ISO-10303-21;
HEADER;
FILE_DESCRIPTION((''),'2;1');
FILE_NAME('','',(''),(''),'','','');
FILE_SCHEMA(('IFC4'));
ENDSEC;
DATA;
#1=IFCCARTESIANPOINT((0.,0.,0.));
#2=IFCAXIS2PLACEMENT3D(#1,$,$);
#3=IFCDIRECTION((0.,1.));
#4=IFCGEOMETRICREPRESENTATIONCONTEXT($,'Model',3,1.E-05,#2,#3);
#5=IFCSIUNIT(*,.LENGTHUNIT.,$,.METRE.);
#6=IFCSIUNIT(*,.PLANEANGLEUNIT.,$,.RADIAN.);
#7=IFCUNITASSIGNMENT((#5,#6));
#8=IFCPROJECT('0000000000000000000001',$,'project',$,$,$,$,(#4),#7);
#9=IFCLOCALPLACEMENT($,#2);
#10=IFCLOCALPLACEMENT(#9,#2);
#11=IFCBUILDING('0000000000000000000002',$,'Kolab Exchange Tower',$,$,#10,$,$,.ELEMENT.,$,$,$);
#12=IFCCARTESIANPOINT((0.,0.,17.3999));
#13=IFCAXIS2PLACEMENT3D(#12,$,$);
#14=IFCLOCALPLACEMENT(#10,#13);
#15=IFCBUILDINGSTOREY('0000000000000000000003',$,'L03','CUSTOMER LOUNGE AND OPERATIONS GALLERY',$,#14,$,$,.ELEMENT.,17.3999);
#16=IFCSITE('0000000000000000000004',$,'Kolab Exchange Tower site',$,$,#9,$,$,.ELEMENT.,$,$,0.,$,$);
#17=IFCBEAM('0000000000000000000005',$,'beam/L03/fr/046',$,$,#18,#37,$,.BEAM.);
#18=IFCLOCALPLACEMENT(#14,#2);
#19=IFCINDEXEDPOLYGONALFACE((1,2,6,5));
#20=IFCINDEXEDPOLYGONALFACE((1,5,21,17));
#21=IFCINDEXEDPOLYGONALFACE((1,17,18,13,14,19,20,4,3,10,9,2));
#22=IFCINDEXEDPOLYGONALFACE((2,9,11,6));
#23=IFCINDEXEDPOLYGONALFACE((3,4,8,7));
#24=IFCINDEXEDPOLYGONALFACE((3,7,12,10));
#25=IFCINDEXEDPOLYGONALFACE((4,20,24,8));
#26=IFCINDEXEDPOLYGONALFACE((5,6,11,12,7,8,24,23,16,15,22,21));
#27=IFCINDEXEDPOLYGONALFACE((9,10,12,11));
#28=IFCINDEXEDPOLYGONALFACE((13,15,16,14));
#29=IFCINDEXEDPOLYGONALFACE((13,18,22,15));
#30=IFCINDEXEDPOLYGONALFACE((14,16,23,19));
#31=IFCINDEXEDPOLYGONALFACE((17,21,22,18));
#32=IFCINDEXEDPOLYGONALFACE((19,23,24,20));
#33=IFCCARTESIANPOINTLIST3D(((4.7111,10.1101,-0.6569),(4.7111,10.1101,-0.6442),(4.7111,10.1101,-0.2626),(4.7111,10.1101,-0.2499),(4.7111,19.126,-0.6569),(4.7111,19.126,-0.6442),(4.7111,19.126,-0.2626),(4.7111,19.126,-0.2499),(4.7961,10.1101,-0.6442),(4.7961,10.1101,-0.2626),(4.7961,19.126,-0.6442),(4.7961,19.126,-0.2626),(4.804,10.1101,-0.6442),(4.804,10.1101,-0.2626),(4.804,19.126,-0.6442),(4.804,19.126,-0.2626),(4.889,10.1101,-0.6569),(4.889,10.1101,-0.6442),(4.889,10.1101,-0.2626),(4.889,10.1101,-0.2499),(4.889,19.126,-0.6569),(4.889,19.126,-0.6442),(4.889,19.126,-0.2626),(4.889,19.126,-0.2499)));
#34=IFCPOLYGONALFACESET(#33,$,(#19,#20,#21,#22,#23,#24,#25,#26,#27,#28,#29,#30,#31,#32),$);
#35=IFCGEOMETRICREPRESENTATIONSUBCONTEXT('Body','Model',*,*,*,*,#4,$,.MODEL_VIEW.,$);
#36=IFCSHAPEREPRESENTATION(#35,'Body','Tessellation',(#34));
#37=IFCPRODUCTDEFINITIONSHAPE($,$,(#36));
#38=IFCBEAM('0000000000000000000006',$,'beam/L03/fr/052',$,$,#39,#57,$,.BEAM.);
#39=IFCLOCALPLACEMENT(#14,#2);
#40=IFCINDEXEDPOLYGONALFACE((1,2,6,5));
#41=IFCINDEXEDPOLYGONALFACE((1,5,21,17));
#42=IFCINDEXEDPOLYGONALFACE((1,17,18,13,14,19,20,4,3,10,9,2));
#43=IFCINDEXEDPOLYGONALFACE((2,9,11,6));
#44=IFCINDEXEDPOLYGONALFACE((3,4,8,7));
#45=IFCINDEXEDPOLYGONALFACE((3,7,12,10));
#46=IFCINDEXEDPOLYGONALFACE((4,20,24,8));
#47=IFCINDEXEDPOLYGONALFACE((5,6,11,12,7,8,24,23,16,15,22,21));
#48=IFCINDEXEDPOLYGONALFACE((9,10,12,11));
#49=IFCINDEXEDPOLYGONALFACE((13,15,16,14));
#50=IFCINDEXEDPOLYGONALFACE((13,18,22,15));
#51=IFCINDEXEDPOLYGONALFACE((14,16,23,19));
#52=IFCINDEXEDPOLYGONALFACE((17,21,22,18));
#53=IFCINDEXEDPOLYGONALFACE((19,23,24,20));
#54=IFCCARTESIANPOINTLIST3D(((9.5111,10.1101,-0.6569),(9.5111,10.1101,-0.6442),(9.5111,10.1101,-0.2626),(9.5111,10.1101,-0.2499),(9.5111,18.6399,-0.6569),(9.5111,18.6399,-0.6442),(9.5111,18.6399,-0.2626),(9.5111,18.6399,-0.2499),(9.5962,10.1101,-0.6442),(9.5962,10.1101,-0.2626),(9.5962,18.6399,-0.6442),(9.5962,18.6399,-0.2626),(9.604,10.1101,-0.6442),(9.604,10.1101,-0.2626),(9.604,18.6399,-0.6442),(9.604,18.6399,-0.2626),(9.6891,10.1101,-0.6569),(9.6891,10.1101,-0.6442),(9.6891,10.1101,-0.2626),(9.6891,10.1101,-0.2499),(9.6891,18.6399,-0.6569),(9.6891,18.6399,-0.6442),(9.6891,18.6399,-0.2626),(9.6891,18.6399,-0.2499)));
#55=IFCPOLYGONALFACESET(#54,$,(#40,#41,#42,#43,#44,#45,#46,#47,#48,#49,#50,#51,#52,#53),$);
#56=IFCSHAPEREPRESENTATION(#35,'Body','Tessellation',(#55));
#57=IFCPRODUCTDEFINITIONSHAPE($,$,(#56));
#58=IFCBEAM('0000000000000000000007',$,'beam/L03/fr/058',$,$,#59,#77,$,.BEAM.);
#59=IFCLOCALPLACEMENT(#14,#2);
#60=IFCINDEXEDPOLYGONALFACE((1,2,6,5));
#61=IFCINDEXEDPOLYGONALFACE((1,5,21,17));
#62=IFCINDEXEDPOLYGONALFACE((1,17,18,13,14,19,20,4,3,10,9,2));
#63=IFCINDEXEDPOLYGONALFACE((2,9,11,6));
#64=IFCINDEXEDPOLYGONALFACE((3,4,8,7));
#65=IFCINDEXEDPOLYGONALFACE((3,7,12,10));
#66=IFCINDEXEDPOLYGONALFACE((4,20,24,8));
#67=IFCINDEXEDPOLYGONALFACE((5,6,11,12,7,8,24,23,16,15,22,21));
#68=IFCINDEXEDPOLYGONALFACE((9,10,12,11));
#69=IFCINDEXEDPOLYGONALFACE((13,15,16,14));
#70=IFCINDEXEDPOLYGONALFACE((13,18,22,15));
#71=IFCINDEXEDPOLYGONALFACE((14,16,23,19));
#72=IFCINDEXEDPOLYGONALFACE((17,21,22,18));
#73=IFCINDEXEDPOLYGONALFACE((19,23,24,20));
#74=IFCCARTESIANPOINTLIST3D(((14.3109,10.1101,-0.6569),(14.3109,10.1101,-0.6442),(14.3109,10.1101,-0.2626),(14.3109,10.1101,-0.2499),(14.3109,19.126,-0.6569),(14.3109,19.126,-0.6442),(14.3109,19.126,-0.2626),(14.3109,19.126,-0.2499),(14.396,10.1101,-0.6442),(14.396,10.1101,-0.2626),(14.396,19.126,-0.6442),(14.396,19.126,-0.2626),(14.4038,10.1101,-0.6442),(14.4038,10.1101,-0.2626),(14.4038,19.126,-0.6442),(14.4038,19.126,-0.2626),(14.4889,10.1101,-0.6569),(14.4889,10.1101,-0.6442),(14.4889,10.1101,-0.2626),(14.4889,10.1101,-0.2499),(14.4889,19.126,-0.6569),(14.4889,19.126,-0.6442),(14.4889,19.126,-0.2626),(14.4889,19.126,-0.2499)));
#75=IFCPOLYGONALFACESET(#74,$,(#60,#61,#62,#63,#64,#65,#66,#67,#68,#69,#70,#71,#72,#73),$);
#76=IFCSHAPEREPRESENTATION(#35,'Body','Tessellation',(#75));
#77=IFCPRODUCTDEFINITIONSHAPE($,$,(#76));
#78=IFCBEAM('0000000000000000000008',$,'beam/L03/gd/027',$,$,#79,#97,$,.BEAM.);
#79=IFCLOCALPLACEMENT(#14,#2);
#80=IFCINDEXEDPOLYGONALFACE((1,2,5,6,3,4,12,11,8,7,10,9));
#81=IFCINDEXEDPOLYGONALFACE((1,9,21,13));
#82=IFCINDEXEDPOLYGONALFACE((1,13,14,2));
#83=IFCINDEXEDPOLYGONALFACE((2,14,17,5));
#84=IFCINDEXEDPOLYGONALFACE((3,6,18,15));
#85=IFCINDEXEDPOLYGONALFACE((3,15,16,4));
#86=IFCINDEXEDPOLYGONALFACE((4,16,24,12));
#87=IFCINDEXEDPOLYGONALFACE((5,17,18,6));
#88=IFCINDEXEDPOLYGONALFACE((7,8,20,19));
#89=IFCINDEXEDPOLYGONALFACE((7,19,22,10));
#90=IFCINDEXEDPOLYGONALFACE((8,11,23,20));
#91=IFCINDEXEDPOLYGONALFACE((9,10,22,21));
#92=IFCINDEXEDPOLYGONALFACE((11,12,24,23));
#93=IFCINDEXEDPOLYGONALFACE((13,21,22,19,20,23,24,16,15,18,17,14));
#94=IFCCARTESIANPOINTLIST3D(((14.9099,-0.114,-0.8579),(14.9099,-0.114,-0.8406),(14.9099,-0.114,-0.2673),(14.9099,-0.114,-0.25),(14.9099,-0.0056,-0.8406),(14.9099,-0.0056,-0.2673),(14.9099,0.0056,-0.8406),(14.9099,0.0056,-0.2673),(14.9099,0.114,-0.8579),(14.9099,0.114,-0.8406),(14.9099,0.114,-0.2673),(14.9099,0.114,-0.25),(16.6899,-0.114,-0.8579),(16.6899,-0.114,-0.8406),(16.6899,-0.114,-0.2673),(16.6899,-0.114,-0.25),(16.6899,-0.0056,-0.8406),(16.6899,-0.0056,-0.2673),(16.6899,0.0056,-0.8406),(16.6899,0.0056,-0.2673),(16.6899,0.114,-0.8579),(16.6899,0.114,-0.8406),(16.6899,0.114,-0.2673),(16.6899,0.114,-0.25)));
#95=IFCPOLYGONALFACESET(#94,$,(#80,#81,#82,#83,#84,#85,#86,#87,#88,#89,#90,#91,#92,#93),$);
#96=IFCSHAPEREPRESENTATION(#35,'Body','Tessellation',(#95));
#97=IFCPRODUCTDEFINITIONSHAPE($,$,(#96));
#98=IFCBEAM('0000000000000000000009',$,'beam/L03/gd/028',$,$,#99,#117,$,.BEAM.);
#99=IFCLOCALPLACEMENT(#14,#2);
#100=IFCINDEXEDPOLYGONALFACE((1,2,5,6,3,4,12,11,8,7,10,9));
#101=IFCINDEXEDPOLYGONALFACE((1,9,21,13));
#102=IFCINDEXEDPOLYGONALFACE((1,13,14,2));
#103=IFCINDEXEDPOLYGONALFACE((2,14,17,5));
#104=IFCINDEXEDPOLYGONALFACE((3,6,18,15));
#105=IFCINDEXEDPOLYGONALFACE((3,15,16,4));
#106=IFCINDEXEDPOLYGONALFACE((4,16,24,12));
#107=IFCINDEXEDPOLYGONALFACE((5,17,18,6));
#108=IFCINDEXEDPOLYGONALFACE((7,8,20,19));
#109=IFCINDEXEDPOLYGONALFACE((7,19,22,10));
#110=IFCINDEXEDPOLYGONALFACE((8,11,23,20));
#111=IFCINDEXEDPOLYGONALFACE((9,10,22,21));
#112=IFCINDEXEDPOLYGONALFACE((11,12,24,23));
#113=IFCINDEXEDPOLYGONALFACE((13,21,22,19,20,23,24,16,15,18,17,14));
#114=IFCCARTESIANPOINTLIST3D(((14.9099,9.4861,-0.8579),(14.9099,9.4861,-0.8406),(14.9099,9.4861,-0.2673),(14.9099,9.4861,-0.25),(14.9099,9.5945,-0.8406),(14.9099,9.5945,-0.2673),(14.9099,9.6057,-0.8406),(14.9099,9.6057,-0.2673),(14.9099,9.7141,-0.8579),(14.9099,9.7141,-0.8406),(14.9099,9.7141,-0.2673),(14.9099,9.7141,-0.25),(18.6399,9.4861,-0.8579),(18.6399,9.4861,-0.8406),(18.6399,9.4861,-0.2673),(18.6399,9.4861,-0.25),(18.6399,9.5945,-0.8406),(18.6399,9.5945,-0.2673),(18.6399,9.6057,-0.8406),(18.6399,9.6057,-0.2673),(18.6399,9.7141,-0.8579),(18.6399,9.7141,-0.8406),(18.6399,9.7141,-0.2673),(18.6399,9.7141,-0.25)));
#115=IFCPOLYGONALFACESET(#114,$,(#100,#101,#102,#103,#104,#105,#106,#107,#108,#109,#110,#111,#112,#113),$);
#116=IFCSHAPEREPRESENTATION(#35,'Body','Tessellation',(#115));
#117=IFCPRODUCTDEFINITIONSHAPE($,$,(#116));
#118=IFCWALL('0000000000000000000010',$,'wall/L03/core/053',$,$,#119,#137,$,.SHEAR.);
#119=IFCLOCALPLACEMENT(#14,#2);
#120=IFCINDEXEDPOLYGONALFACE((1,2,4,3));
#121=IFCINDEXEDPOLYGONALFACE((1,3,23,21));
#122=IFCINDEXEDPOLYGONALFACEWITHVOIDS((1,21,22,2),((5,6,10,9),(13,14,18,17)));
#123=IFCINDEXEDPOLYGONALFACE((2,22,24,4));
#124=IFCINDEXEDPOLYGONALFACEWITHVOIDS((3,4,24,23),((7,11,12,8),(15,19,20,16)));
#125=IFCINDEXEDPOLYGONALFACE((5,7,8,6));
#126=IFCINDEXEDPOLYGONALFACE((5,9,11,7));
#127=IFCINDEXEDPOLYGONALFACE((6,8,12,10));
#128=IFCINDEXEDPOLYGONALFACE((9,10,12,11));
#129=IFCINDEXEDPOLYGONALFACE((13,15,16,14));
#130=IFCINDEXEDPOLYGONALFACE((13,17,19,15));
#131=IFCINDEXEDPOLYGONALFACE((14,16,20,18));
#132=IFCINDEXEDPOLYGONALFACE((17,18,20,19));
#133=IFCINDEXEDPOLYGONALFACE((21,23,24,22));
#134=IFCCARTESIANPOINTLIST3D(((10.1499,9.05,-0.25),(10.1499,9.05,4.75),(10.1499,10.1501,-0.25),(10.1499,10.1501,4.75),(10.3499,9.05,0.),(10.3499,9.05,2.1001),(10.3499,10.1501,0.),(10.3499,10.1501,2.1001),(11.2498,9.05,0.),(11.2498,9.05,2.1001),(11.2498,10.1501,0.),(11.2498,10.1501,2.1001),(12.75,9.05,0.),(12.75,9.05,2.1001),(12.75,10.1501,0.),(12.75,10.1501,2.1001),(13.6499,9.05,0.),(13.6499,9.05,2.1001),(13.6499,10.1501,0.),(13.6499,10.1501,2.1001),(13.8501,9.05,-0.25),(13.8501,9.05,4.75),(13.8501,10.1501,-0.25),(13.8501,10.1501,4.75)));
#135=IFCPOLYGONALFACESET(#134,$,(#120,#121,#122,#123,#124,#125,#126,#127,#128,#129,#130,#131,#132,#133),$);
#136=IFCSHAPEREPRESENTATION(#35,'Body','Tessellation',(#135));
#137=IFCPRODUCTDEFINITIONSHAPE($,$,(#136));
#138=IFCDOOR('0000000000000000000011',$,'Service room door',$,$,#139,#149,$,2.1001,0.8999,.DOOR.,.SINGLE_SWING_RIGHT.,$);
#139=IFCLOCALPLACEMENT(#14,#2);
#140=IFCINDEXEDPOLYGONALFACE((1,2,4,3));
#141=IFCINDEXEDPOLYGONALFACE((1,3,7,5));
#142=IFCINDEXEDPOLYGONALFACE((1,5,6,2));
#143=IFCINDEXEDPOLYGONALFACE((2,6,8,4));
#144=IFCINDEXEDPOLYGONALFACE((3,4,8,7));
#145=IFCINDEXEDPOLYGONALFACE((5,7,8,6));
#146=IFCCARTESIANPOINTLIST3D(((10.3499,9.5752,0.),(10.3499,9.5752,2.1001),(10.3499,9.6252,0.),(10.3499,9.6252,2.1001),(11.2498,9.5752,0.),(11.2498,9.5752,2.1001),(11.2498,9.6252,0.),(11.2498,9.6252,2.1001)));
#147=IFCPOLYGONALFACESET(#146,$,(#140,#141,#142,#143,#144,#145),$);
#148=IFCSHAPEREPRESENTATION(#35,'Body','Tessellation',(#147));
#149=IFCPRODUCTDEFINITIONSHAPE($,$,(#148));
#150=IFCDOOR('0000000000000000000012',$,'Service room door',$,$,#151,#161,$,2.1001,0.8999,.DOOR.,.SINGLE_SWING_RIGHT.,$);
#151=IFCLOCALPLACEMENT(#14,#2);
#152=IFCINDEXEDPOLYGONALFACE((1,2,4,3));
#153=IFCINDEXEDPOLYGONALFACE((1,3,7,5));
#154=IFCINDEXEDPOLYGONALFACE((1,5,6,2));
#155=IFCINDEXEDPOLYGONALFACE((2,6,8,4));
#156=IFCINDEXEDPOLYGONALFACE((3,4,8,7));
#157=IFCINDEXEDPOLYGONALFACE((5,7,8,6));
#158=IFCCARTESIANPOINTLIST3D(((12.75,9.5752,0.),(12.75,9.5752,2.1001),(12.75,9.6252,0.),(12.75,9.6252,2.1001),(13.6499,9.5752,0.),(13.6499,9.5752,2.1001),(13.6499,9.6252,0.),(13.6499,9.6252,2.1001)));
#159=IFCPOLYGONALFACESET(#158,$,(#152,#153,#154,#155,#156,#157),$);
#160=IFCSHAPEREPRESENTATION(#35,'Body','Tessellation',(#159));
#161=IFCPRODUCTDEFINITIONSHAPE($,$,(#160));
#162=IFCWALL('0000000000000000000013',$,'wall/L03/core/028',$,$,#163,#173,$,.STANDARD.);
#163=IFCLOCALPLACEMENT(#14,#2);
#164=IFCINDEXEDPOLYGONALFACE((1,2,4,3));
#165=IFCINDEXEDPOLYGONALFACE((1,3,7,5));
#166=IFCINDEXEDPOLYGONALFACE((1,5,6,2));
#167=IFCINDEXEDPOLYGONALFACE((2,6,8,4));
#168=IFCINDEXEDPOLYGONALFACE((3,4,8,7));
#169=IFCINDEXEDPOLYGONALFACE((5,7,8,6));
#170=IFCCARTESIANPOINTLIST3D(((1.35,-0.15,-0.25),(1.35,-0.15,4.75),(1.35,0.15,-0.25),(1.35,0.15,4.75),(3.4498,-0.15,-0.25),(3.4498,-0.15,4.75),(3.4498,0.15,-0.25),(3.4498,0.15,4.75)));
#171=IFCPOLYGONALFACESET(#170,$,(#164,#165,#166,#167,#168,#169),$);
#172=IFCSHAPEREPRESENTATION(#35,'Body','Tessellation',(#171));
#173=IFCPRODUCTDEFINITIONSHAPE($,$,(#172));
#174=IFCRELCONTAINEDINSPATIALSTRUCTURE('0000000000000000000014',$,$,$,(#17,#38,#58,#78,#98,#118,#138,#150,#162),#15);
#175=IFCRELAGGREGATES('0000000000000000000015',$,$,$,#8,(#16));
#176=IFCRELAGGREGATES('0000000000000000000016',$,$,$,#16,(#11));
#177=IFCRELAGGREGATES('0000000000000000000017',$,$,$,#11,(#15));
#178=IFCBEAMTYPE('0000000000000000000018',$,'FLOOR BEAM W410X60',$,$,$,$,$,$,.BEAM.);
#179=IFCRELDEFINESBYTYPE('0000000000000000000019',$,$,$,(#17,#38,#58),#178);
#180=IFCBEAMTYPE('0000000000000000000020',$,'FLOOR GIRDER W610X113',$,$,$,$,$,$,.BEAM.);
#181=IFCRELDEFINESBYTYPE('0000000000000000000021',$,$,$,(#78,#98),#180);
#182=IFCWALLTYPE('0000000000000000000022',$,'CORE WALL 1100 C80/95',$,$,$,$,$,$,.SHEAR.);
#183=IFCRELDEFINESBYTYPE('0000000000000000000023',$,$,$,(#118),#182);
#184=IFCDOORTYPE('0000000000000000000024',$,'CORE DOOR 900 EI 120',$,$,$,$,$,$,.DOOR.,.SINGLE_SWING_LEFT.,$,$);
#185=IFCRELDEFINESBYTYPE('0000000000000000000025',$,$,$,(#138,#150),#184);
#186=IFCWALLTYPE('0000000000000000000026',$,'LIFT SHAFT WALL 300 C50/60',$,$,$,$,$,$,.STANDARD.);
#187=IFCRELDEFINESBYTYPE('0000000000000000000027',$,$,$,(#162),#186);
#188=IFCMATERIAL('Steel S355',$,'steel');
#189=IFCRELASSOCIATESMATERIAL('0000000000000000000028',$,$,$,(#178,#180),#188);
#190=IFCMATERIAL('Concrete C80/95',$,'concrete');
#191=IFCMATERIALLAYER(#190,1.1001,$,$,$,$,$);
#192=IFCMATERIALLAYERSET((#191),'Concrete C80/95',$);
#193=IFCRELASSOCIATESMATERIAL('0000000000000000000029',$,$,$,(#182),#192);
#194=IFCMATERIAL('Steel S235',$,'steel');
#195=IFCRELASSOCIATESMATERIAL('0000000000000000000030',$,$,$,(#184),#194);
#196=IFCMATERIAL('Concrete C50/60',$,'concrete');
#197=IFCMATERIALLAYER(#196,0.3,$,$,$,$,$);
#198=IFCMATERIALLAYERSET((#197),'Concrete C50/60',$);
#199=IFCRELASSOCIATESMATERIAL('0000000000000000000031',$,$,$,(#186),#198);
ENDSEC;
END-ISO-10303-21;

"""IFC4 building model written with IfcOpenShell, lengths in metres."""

from ifc_helpers import new_model, si_unit, direction, frame, frame_2d, origin, origin_2d, place, context, subcontext, project, spatial, rectangle, i_section, extrude, material, layer, layer_set, material_profile, profile_set, type_object, element, fill, save


model = new_model("IFC4")

# Units and contexts
model_context = context("Model", 3, precision=1e-05, world=origin(), true_north=direction((0.0, 1.0)))
body_context = subcontext(model_context, "Body", "Model", "MODEL_VIEW")
ifc_project = project(units=[si_unit("LENGTHUNIT", "METRE"), si_unit("PLANEANGLEUNIT", "RADIAN")], contexts=[model_context])

# Site, building, storey
site_placement = place(None, origin())
site = spatial("IfcSite", under=ifc_project, at=site_placement, Name="Kolab Exchange Tower site", CompositionType="ELEMENT", RefElevation=0.0)
building_placement = place(site_placement, origin())
building = spatial("IfcBuilding", under=site, at=building_placement, Name="Kolab Exchange Tower", CompositionType="ELEMENT")
storey_placement = place(building_placement, frame((0.0, 0.0, 17.3999)))
storey = spatial("IfcBuildingStorey", under=building, at=storey_placement, Name="L03", Description="CUSTOMER LOUNGE AND OPERATIONS GALLERY", CompositionType="ELEMENT", Elevation=17.3999)

# Beams
ifc_material_1 = material(Name="Steel S355", Category="steel")
ifc_material_profile_1 = material_profile(ifc_material_1, i_section(OverallWidth=0.178, OverallDepth=0.407, WebThickness=0.0078, FlangeThickness=0.0127, at=origin_2d()), Name="W410X60")
ifc_profile_set_1 = profile_set([ifc_material_profile_1], Name="Steel S355")
beam_type_1 = type_object("IfcBeamType", Name="FLOOR BEAM W410X60", PredefinedType="BEAM", material=ifc_profile_set_1)
beam_1_placement = place(storey_placement, frame((4.8, 10.1101, -0.4534), z_axis=(0.0, 1.0, 0.0), x_axis=(-1.0, 0.0, 0.0)))
element("IfcBeam", 1, at=beam_1_placement, inside=storey, type_object=beam_type_1, Name="beam/L03/fr/046", PredefinedType="BEAM", context=body_context, shape_type="SweptSolid", body=[
    extrude(i_section(OverallWidth=0.178, OverallDepth=0.407, WebThickness=0.0078, FlangeThickness=0.0127, at=origin_2d()), origin(), (0.0, 0.0, 1.0), 9.0159),
])
beam_2_placement = place(storey_placement, frame((9.6001, 10.1101, -0.4534), z_axis=(0.0, 1.0, 0.0), x_axis=(-1.0, 0.0, 0.0)))
element("IfcBeam", 2, at=beam_2_placement, inside=storey, type_object=beam_type_1, Name="beam/L03/fr/052", PredefinedType="BEAM", context=body_context, shape_type="SweptSolid", body=[
    extrude(i_section(OverallWidth=0.178, OverallDepth=0.407, WebThickness=0.0078, FlangeThickness=0.0127, at=origin_2d()), origin(), (0.0, 0.0, 1.0), 8.5298),
])
beam_3_placement = place(storey_placement, frame((14.3999, 10.1101, -0.4534), z_axis=(0.0, 1.0, 0.0), x_axis=(-1.0, 0.0, 0.0)))
element("IfcBeam", 3, at=beam_3_placement, inside=storey, type_object=beam_type_1, Name="beam/L03/fr/058", PredefinedType="BEAM", context=body_context, shape_type="SweptSolid", body=[
    extrude(i_section(OverallWidth=0.178, OverallDepth=0.407, WebThickness=0.0078, FlangeThickness=0.0127, at=origin_2d()), origin(), (0.0, 0.0, 1.0), 9.0159),
])
ifc_material_profile_2 = material_profile(ifc_material_1, i_section(OverallWidth=0.228, OverallDepth=0.6079, WebThickness=0.0112, FlangeThickness=0.0173, at=origin_2d()), Name="W610X113")
ifc_profile_set_2 = profile_set([ifc_material_profile_2], Name="Steel S355")
beam_type_2 = type_object("IfcBeamType", Name="FLOOR GIRDER W610X113", PredefinedType="BEAM", material=ifc_profile_set_2)
beam_4_placement = place(storey_placement, frame((14.9099, 0.0, -0.554), z_axis=(1.0, 0.0, 0.0), x_axis=(0.0, 1.0, 0.0)))
element("IfcBeam", 4, at=beam_4_placement, inside=storey, type_object=beam_type_2, Name="beam/L03/gd/027", PredefinedType="BEAM", context=body_context, shape_type="SweptSolid", body=[
    extrude(i_section(OverallWidth=0.228, OverallDepth=0.6079, WebThickness=0.0112, FlangeThickness=0.0173, at=origin_2d()), origin(), (0.0, 0.0, 1.0), 1.78),
])
beam_5_placement = place(storey_placement, frame((14.9099, 9.6001, -0.554), z_axis=(1.0, 0.0, 0.0), x_axis=(0.0, 1.0, 0.0)))
element("IfcBeam", 5, at=beam_5_placement, inside=storey, type_object=beam_type_2, Name="beam/L03/gd/028", PredefinedType="BEAM", context=body_context, shape_type="SweptSolid", body=[
    extrude(i_section(OverallWidth=0.228, OverallDepth=0.6079, WebThickness=0.0112, FlangeThickness=0.0173, at=origin_2d()), origin(), (0.0, 0.0, 1.0), 3.73),
])

# Wall, openings, doors
ifc_material_2 = material(Name="Concrete C80/95", Category="concrete")
ifc_layer_1 = layer(ifc_material_2, 1.1001)
ifc_layer_set_1 = layer_set([ifc_layer_1], Name="Concrete C80/95")
wall_type_1 = type_object("IfcWallType", Name="CORE WALL 1100 C80/95", PredefinedType="SHEAR", material=ifc_layer_set_1)
wall_1_placement = place(storey_placement, frame((10.1499, 9.6001, -0.25), z_axis=(0.0, 0.0, 1.0), x_axis=(1.0, 0.0, 0.0)))
wall_1 = element("IfcWall", 6, at=wall_1_placement, inside=storey, type_object=wall_type_1, Name="wall/L03/core/053", PredefinedType="SHEAR", context=body_context, shape_type="SweptSolid", body=[
    extrude(rectangle(XDim=3.7002, YDim=1.1001, at=frame_2d((1.8501, 0.0))), origin(), (0.0, 0.0, 1.0), 5.0),
])
opening_1_placement = place(wall_1_placement, frame((0.2, 0.0, 0.25)))
opening_1 = element("IfcOpeningElement", 7, at=opening_1_placement, cuts=wall_1, PredefinedType="OPENING", context=body_context, shape_type="SweptSolid", body=[
    extrude(rectangle(XDim=0.8999, YDim=2.1001, at=frame_2d((0.45, 1.05))), frame((0.0, 0.5601, 0.0), z_axis=(0.0, -1.0, 0.0), x_axis=(1.0, 0.0, 0.0)), (0.0, 0.0, 1.0), 1.1201),
])
opening_2_placement = place(wall_1_placement, frame((2.6001, 0.0, 0.25)))
opening_2 = element("IfcOpeningElement", 8, at=opening_2_placement, cuts=wall_1, PredefinedType="OPENING", context=body_context, shape_type="SweptSolid", body=[
    extrude(rectangle(XDim=0.8999, YDim=2.1001, at=frame_2d((0.45, 1.05))), frame((0.0, 0.5601, 0.0), z_axis=(0.0, -1.0, 0.0), x_axis=(1.0, 0.0, 0.0)), (0.0, 0.0, 1.0), 1.1201),
])
ifc_material_3 = material(Name="Steel S235", Category="steel")
door_type_1 = type_object("IfcDoorType", Name="CORE DOOR 900 EI 120", OperationType="SINGLE_SWING_LEFT", PredefinedType="DOOR", material=ifc_material_3)
door_1_placement = place(opening_1_placement, frame((0.8999, 0.0, 0.0), z_axis=(0.0, 0.0, 1.0), x_axis=(-1.0, 0.0, 0.0)))
door_1 = element("IfcDoor", 9, at=door_1_placement, inside=storey, type_object=door_type_1, Name="Service room door", OperationType="SINGLE_SWING_RIGHT", OverallHeight=2.1001, OverallWidth=0.8999, PredefinedType="DOOR", context=body_context, shape_type="SweptSolid", body=[
    extrude(rectangle(XDim=0.8999, YDim=2.1001, at=frame_2d((0.45, 1.05))), frame((0.0, 0.0249, 0.0), z_axis=(0.0, -1.0, 0.0), x_axis=(1.0, 0.0, 0.0)), (0.0, 0.0, 1.0), 0.05),
])
fill(opening_1, door_1)
door_2_placement = place(opening_2_placement, frame((0.8999, 0.0, 0.0), z_axis=(0.0, 0.0, 1.0), x_axis=(-1.0, 0.0, 0.0)))
door_2 = element("IfcDoor", 10, at=door_2_placement, inside=storey, type_object=door_type_1, Name="Service room door", OperationType="SINGLE_SWING_RIGHT", OverallHeight=2.1001, OverallWidth=0.8999, PredefinedType="DOOR", context=body_context, shape_type="SweptSolid", body=[
    extrude(rectangle(XDim=0.8999, YDim=2.1001, at=frame_2d((0.45, 1.05))), frame((0.0, 0.0249, 0.0), z_axis=(0.0, -1.0, 0.0), x_axis=(1.0, 0.0, 0.0)), (0.0, 0.0, 1.0), 0.05),
])
fill(opening_2, door_2)

# Wall
ifc_material_4 = material(Name="Concrete C50/60", Category="concrete")
ifc_layer_2 = layer(ifc_material_4, 0.3)
ifc_layer_set_2 = layer_set([ifc_layer_2], Name="Concrete C50/60")
wall_type_2 = type_object("IfcWallType", Name="LIFT SHAFT WALL 300 C50/60", PredefinedType="STANDARD", material=ifc_layer_set_2)
wall_2_placement = place(storey_placement, frame((1.3501, 0.0, -0.25), z_axis=(0.0, 0.0, 1.0), x_axis=(1.0, 0.0, 0.0)))
element("IfcWall", 11, at=wall_2_placement, inside=storey, type_object=wall_type_2, Name="wall/L03/core/028", PredefinedType="STANDARD", context=body_context, shape_type="SweptSolid", body=[
    extrude(rectangle(XDim=2.0999, YDim=0.3, at=frame_2d((1.0498, 0.0))), origin(), (0.0, 0.0, 1.0), 5.0),
])

save(model, "model.ifc")
